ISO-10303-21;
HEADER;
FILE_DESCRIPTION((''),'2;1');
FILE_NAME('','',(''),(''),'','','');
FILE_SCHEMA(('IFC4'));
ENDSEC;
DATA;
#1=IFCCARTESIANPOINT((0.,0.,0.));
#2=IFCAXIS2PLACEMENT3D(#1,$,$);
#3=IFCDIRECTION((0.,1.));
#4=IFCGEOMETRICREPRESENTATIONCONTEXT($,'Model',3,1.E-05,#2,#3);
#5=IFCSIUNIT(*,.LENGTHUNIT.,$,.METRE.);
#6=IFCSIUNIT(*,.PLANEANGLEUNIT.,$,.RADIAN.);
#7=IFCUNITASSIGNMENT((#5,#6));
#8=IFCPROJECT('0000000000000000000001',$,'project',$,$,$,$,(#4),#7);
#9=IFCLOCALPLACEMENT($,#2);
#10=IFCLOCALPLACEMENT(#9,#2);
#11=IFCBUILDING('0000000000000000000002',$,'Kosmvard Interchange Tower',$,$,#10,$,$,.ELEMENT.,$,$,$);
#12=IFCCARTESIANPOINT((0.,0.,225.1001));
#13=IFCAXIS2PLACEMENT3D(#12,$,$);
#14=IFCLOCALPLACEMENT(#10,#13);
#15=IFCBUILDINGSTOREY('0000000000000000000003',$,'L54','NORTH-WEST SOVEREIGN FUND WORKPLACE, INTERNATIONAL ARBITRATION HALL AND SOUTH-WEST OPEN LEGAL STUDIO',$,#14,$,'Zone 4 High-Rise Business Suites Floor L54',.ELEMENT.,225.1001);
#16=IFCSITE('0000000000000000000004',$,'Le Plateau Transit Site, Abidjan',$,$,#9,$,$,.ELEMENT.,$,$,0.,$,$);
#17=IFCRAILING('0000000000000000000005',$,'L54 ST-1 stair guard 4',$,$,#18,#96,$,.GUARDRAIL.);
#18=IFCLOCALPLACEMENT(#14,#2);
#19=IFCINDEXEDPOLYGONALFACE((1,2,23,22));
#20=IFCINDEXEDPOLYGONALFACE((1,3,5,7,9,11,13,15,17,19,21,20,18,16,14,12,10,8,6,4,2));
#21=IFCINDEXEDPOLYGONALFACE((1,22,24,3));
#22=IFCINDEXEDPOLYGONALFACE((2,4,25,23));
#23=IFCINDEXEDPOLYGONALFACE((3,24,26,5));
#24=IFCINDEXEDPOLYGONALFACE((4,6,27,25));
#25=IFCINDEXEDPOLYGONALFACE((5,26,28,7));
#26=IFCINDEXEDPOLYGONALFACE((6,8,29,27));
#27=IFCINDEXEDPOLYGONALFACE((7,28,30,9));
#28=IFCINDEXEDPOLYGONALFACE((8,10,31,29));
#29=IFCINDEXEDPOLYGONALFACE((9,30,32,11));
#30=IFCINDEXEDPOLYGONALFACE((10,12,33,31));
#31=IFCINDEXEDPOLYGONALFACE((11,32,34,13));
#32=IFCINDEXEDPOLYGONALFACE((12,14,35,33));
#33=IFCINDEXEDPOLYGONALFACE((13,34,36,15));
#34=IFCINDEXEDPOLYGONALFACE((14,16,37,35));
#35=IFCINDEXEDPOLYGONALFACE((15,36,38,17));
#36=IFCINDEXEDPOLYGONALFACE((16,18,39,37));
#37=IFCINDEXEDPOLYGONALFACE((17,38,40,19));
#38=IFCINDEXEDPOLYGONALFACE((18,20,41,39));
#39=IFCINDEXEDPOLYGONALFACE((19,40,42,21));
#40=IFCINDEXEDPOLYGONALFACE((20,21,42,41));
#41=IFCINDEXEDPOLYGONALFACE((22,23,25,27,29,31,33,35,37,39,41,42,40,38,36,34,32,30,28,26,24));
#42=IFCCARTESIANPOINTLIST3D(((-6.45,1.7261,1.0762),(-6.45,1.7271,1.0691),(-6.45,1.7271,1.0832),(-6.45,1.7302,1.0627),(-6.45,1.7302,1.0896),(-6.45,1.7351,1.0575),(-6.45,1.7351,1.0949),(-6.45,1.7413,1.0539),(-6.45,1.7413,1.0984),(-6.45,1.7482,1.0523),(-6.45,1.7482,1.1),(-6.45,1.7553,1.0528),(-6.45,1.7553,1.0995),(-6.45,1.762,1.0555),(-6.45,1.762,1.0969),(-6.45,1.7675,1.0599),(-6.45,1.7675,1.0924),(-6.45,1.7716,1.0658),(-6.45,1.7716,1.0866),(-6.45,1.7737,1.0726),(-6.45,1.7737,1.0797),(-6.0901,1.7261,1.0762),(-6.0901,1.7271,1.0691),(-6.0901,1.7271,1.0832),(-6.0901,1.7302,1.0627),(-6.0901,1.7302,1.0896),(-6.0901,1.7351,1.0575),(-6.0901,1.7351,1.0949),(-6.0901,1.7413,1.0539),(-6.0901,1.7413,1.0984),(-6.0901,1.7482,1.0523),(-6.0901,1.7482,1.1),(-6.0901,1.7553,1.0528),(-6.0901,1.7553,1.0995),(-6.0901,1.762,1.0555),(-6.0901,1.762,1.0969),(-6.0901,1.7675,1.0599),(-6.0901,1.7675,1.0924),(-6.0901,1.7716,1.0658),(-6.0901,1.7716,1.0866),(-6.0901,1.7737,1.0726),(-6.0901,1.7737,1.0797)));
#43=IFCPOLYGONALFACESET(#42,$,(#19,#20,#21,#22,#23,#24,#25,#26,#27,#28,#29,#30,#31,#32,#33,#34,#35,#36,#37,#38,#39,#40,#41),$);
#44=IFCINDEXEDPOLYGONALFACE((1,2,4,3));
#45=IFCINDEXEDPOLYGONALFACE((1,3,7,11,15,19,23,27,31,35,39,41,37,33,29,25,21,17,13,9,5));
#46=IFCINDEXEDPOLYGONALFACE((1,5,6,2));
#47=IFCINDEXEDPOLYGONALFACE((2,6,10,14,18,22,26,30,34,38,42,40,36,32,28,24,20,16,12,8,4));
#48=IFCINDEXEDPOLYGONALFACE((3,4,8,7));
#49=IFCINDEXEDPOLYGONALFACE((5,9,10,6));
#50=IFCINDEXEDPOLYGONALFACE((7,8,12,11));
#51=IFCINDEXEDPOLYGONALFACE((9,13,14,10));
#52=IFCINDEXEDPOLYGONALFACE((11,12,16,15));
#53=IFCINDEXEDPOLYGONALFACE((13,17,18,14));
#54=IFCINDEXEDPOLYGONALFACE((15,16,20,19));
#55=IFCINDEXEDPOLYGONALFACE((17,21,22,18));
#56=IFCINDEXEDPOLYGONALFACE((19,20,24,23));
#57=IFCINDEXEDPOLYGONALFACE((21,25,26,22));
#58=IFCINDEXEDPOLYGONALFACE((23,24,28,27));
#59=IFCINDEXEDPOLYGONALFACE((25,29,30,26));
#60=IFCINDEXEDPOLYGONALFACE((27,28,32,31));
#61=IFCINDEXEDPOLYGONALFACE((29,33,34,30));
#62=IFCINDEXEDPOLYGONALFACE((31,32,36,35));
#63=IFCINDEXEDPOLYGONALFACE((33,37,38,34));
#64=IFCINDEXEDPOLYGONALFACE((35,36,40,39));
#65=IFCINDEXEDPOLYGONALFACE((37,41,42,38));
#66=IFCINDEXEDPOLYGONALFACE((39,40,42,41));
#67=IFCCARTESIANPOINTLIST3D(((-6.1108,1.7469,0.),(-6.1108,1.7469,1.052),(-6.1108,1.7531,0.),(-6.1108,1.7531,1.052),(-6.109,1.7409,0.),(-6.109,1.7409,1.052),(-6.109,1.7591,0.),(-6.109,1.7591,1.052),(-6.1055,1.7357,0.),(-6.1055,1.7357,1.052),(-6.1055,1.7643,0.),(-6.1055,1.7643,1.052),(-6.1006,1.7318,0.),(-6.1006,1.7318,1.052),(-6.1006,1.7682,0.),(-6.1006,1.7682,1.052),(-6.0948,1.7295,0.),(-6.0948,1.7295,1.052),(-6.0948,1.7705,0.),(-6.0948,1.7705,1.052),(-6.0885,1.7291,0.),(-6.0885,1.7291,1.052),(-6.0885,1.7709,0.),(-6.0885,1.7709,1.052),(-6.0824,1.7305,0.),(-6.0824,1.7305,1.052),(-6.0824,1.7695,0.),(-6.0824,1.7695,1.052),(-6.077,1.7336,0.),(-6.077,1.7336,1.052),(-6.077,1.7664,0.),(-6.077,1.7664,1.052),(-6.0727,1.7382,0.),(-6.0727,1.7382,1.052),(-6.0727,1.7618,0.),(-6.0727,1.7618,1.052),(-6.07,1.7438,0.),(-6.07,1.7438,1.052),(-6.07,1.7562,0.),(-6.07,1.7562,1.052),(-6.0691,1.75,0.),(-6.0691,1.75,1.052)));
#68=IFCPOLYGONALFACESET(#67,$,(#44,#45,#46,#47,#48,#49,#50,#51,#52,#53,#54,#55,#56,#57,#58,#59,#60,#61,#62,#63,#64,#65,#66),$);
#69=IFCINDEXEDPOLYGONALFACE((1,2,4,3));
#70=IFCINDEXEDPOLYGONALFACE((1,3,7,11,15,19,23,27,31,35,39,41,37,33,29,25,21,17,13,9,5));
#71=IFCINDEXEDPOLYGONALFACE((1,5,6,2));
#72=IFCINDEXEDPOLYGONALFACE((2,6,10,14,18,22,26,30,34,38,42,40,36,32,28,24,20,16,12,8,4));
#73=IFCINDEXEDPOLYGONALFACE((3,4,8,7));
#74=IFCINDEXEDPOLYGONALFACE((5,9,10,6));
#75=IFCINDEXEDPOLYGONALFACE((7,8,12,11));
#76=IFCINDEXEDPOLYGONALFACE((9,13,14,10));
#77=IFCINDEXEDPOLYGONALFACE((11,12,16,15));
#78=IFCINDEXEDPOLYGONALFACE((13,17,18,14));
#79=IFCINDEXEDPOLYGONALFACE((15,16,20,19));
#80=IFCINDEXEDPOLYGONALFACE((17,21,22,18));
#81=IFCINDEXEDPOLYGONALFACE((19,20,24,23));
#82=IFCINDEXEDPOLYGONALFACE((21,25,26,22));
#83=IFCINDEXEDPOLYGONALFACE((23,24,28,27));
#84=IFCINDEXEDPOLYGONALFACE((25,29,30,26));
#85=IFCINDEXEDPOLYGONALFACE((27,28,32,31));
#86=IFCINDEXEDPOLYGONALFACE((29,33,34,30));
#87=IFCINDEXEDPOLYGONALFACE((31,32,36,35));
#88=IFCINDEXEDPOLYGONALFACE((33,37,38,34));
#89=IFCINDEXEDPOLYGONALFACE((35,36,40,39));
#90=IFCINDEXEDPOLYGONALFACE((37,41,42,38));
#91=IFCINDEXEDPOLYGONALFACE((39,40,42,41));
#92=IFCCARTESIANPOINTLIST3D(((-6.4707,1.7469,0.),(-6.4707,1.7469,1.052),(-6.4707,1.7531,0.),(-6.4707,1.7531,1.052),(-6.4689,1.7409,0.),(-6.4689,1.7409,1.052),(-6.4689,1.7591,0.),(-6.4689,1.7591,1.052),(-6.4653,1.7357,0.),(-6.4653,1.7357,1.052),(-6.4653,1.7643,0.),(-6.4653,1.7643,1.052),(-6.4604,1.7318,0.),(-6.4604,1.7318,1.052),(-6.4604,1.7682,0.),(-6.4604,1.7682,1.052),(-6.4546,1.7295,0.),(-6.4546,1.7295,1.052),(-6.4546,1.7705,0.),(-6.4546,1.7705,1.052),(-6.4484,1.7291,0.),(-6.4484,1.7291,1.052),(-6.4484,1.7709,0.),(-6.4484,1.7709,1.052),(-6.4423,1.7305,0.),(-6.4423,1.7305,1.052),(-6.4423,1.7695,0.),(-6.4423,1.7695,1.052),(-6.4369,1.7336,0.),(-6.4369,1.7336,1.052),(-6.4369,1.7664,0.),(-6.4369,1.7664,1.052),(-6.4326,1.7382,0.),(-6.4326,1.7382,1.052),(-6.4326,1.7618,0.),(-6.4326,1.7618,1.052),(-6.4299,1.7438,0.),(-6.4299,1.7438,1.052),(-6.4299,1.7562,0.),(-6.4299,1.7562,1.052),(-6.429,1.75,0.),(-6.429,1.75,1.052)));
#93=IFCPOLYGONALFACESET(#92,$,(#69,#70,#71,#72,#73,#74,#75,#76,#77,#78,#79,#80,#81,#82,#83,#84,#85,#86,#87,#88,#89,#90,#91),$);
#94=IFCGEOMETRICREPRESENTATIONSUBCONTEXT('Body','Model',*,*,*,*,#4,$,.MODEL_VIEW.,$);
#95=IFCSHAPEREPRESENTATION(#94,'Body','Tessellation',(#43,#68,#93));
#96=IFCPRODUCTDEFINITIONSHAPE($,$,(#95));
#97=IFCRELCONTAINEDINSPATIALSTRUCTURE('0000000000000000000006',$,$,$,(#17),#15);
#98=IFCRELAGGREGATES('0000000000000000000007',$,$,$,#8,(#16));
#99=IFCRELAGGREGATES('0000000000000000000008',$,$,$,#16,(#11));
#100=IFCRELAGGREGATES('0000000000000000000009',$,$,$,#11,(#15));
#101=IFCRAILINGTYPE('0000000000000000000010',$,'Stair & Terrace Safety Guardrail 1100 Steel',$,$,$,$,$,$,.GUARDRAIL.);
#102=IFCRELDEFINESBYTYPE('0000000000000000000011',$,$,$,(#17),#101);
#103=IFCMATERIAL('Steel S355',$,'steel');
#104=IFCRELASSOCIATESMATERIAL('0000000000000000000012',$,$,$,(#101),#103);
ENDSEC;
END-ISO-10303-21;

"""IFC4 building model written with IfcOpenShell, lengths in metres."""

from ifc_helpers import new_model, si_unit, direction, frame, origin, origin_2d, place, context, subcontext, project, spatial, circle, extrude, source, transform, mapped, material, type_object, element, save


model = new_model("IFC4")

# Units and contexts
model_context = context("Model", 3, precision=1e-05, world=origin(), true_north=direction((0.0, 1.0)))
body_context = subcontext(model_context, "Body", "Model", "MODEL_VIEW")
ifc_project = project(units=[si_unit("LENGTHUNIT", "METRE"), si_unit("PLANEANGLEUNIT", "RADIAN")], contexts=[model_context])

# Site, building, storey
site_placement = place(None, origin())
site = spatial("IfcSite", under=ifc_project, at=site_placement, Name="Le Plateau Transit Site, Abidjan", CompositionType="ELEMENT", RefElevation=0.0)
building_placement = place(site_placement, origin())
building = spatial("IfcBuilding", under=site, at=building_placement, Name="Kosmvard Interchange Tower", CompositionType="ELEMENT")
storey_placement = place(building_placement, frame((0.0, 0.0, 225.1001)))
storey = spatial("IfcBuildingStorey", under=building, at=storey_placement, Name="L54", Description="NORTH-WEST SOVEREIGN FUND WORKPLACE, INTERNATIONAL ARBITRATION HALL AND SOUTH-WEST OPEN LEGAL STUDIO", LongName="Zone 4 High-Rise Business Suites Floor L54", CompositionType="ELEMENT", Elevation=225.1001)

# Shared definitions
ifc_material_1 = material(Name="Steel S355", Category="steel")

# Railing
railing_type_1 = type_object("IfcRailingType", Name="Stair & Terrace Safety Guardrail 1100 Steel", PredefinedType="GUARDRAIL", material=ifc_material_1)
shared_shape_1 = source(origin(), body_context, "Body", "SweptSolid", [
    extrude(circle(Radius=0.0239, at=origin_2d()), frame((0.0, 0.0, 1.0762), z_axis=(-1.0, 0.0, 0.0), x_axis=(0.0, -1.0, 0.0)), (0.0, 0.0, 1.0), 0.3599),
    extrude(circle(Radius=0.021, at=origin_2d()), origin(), (0.0, 0.0, 1.0), 1.052),
    extrude(circle(Radius=0.021, at=origin_2d()), frame((-0.3599, 0.0, 0.0)), (0.0, 0.0, 1.0), 1.052),
])
for number, where, name in (
    (1, (-6.0901, 1.75, 0.0), "L54 ST-1 stair guard 4"),
):
    element("IfcRailing", number, at=place(storey_placement, frame(where)), inside=storey, type_object=railing_type_1, Name=name, PredefinedType="GUARDRAIL", context=body_context, shape_type="MappedRepresentation", body=[
        mapped(shared_shape_1, transform((0.0, 0.0, 0.0), scale=1.0)),
    ])

save(model, "model.ifc")
